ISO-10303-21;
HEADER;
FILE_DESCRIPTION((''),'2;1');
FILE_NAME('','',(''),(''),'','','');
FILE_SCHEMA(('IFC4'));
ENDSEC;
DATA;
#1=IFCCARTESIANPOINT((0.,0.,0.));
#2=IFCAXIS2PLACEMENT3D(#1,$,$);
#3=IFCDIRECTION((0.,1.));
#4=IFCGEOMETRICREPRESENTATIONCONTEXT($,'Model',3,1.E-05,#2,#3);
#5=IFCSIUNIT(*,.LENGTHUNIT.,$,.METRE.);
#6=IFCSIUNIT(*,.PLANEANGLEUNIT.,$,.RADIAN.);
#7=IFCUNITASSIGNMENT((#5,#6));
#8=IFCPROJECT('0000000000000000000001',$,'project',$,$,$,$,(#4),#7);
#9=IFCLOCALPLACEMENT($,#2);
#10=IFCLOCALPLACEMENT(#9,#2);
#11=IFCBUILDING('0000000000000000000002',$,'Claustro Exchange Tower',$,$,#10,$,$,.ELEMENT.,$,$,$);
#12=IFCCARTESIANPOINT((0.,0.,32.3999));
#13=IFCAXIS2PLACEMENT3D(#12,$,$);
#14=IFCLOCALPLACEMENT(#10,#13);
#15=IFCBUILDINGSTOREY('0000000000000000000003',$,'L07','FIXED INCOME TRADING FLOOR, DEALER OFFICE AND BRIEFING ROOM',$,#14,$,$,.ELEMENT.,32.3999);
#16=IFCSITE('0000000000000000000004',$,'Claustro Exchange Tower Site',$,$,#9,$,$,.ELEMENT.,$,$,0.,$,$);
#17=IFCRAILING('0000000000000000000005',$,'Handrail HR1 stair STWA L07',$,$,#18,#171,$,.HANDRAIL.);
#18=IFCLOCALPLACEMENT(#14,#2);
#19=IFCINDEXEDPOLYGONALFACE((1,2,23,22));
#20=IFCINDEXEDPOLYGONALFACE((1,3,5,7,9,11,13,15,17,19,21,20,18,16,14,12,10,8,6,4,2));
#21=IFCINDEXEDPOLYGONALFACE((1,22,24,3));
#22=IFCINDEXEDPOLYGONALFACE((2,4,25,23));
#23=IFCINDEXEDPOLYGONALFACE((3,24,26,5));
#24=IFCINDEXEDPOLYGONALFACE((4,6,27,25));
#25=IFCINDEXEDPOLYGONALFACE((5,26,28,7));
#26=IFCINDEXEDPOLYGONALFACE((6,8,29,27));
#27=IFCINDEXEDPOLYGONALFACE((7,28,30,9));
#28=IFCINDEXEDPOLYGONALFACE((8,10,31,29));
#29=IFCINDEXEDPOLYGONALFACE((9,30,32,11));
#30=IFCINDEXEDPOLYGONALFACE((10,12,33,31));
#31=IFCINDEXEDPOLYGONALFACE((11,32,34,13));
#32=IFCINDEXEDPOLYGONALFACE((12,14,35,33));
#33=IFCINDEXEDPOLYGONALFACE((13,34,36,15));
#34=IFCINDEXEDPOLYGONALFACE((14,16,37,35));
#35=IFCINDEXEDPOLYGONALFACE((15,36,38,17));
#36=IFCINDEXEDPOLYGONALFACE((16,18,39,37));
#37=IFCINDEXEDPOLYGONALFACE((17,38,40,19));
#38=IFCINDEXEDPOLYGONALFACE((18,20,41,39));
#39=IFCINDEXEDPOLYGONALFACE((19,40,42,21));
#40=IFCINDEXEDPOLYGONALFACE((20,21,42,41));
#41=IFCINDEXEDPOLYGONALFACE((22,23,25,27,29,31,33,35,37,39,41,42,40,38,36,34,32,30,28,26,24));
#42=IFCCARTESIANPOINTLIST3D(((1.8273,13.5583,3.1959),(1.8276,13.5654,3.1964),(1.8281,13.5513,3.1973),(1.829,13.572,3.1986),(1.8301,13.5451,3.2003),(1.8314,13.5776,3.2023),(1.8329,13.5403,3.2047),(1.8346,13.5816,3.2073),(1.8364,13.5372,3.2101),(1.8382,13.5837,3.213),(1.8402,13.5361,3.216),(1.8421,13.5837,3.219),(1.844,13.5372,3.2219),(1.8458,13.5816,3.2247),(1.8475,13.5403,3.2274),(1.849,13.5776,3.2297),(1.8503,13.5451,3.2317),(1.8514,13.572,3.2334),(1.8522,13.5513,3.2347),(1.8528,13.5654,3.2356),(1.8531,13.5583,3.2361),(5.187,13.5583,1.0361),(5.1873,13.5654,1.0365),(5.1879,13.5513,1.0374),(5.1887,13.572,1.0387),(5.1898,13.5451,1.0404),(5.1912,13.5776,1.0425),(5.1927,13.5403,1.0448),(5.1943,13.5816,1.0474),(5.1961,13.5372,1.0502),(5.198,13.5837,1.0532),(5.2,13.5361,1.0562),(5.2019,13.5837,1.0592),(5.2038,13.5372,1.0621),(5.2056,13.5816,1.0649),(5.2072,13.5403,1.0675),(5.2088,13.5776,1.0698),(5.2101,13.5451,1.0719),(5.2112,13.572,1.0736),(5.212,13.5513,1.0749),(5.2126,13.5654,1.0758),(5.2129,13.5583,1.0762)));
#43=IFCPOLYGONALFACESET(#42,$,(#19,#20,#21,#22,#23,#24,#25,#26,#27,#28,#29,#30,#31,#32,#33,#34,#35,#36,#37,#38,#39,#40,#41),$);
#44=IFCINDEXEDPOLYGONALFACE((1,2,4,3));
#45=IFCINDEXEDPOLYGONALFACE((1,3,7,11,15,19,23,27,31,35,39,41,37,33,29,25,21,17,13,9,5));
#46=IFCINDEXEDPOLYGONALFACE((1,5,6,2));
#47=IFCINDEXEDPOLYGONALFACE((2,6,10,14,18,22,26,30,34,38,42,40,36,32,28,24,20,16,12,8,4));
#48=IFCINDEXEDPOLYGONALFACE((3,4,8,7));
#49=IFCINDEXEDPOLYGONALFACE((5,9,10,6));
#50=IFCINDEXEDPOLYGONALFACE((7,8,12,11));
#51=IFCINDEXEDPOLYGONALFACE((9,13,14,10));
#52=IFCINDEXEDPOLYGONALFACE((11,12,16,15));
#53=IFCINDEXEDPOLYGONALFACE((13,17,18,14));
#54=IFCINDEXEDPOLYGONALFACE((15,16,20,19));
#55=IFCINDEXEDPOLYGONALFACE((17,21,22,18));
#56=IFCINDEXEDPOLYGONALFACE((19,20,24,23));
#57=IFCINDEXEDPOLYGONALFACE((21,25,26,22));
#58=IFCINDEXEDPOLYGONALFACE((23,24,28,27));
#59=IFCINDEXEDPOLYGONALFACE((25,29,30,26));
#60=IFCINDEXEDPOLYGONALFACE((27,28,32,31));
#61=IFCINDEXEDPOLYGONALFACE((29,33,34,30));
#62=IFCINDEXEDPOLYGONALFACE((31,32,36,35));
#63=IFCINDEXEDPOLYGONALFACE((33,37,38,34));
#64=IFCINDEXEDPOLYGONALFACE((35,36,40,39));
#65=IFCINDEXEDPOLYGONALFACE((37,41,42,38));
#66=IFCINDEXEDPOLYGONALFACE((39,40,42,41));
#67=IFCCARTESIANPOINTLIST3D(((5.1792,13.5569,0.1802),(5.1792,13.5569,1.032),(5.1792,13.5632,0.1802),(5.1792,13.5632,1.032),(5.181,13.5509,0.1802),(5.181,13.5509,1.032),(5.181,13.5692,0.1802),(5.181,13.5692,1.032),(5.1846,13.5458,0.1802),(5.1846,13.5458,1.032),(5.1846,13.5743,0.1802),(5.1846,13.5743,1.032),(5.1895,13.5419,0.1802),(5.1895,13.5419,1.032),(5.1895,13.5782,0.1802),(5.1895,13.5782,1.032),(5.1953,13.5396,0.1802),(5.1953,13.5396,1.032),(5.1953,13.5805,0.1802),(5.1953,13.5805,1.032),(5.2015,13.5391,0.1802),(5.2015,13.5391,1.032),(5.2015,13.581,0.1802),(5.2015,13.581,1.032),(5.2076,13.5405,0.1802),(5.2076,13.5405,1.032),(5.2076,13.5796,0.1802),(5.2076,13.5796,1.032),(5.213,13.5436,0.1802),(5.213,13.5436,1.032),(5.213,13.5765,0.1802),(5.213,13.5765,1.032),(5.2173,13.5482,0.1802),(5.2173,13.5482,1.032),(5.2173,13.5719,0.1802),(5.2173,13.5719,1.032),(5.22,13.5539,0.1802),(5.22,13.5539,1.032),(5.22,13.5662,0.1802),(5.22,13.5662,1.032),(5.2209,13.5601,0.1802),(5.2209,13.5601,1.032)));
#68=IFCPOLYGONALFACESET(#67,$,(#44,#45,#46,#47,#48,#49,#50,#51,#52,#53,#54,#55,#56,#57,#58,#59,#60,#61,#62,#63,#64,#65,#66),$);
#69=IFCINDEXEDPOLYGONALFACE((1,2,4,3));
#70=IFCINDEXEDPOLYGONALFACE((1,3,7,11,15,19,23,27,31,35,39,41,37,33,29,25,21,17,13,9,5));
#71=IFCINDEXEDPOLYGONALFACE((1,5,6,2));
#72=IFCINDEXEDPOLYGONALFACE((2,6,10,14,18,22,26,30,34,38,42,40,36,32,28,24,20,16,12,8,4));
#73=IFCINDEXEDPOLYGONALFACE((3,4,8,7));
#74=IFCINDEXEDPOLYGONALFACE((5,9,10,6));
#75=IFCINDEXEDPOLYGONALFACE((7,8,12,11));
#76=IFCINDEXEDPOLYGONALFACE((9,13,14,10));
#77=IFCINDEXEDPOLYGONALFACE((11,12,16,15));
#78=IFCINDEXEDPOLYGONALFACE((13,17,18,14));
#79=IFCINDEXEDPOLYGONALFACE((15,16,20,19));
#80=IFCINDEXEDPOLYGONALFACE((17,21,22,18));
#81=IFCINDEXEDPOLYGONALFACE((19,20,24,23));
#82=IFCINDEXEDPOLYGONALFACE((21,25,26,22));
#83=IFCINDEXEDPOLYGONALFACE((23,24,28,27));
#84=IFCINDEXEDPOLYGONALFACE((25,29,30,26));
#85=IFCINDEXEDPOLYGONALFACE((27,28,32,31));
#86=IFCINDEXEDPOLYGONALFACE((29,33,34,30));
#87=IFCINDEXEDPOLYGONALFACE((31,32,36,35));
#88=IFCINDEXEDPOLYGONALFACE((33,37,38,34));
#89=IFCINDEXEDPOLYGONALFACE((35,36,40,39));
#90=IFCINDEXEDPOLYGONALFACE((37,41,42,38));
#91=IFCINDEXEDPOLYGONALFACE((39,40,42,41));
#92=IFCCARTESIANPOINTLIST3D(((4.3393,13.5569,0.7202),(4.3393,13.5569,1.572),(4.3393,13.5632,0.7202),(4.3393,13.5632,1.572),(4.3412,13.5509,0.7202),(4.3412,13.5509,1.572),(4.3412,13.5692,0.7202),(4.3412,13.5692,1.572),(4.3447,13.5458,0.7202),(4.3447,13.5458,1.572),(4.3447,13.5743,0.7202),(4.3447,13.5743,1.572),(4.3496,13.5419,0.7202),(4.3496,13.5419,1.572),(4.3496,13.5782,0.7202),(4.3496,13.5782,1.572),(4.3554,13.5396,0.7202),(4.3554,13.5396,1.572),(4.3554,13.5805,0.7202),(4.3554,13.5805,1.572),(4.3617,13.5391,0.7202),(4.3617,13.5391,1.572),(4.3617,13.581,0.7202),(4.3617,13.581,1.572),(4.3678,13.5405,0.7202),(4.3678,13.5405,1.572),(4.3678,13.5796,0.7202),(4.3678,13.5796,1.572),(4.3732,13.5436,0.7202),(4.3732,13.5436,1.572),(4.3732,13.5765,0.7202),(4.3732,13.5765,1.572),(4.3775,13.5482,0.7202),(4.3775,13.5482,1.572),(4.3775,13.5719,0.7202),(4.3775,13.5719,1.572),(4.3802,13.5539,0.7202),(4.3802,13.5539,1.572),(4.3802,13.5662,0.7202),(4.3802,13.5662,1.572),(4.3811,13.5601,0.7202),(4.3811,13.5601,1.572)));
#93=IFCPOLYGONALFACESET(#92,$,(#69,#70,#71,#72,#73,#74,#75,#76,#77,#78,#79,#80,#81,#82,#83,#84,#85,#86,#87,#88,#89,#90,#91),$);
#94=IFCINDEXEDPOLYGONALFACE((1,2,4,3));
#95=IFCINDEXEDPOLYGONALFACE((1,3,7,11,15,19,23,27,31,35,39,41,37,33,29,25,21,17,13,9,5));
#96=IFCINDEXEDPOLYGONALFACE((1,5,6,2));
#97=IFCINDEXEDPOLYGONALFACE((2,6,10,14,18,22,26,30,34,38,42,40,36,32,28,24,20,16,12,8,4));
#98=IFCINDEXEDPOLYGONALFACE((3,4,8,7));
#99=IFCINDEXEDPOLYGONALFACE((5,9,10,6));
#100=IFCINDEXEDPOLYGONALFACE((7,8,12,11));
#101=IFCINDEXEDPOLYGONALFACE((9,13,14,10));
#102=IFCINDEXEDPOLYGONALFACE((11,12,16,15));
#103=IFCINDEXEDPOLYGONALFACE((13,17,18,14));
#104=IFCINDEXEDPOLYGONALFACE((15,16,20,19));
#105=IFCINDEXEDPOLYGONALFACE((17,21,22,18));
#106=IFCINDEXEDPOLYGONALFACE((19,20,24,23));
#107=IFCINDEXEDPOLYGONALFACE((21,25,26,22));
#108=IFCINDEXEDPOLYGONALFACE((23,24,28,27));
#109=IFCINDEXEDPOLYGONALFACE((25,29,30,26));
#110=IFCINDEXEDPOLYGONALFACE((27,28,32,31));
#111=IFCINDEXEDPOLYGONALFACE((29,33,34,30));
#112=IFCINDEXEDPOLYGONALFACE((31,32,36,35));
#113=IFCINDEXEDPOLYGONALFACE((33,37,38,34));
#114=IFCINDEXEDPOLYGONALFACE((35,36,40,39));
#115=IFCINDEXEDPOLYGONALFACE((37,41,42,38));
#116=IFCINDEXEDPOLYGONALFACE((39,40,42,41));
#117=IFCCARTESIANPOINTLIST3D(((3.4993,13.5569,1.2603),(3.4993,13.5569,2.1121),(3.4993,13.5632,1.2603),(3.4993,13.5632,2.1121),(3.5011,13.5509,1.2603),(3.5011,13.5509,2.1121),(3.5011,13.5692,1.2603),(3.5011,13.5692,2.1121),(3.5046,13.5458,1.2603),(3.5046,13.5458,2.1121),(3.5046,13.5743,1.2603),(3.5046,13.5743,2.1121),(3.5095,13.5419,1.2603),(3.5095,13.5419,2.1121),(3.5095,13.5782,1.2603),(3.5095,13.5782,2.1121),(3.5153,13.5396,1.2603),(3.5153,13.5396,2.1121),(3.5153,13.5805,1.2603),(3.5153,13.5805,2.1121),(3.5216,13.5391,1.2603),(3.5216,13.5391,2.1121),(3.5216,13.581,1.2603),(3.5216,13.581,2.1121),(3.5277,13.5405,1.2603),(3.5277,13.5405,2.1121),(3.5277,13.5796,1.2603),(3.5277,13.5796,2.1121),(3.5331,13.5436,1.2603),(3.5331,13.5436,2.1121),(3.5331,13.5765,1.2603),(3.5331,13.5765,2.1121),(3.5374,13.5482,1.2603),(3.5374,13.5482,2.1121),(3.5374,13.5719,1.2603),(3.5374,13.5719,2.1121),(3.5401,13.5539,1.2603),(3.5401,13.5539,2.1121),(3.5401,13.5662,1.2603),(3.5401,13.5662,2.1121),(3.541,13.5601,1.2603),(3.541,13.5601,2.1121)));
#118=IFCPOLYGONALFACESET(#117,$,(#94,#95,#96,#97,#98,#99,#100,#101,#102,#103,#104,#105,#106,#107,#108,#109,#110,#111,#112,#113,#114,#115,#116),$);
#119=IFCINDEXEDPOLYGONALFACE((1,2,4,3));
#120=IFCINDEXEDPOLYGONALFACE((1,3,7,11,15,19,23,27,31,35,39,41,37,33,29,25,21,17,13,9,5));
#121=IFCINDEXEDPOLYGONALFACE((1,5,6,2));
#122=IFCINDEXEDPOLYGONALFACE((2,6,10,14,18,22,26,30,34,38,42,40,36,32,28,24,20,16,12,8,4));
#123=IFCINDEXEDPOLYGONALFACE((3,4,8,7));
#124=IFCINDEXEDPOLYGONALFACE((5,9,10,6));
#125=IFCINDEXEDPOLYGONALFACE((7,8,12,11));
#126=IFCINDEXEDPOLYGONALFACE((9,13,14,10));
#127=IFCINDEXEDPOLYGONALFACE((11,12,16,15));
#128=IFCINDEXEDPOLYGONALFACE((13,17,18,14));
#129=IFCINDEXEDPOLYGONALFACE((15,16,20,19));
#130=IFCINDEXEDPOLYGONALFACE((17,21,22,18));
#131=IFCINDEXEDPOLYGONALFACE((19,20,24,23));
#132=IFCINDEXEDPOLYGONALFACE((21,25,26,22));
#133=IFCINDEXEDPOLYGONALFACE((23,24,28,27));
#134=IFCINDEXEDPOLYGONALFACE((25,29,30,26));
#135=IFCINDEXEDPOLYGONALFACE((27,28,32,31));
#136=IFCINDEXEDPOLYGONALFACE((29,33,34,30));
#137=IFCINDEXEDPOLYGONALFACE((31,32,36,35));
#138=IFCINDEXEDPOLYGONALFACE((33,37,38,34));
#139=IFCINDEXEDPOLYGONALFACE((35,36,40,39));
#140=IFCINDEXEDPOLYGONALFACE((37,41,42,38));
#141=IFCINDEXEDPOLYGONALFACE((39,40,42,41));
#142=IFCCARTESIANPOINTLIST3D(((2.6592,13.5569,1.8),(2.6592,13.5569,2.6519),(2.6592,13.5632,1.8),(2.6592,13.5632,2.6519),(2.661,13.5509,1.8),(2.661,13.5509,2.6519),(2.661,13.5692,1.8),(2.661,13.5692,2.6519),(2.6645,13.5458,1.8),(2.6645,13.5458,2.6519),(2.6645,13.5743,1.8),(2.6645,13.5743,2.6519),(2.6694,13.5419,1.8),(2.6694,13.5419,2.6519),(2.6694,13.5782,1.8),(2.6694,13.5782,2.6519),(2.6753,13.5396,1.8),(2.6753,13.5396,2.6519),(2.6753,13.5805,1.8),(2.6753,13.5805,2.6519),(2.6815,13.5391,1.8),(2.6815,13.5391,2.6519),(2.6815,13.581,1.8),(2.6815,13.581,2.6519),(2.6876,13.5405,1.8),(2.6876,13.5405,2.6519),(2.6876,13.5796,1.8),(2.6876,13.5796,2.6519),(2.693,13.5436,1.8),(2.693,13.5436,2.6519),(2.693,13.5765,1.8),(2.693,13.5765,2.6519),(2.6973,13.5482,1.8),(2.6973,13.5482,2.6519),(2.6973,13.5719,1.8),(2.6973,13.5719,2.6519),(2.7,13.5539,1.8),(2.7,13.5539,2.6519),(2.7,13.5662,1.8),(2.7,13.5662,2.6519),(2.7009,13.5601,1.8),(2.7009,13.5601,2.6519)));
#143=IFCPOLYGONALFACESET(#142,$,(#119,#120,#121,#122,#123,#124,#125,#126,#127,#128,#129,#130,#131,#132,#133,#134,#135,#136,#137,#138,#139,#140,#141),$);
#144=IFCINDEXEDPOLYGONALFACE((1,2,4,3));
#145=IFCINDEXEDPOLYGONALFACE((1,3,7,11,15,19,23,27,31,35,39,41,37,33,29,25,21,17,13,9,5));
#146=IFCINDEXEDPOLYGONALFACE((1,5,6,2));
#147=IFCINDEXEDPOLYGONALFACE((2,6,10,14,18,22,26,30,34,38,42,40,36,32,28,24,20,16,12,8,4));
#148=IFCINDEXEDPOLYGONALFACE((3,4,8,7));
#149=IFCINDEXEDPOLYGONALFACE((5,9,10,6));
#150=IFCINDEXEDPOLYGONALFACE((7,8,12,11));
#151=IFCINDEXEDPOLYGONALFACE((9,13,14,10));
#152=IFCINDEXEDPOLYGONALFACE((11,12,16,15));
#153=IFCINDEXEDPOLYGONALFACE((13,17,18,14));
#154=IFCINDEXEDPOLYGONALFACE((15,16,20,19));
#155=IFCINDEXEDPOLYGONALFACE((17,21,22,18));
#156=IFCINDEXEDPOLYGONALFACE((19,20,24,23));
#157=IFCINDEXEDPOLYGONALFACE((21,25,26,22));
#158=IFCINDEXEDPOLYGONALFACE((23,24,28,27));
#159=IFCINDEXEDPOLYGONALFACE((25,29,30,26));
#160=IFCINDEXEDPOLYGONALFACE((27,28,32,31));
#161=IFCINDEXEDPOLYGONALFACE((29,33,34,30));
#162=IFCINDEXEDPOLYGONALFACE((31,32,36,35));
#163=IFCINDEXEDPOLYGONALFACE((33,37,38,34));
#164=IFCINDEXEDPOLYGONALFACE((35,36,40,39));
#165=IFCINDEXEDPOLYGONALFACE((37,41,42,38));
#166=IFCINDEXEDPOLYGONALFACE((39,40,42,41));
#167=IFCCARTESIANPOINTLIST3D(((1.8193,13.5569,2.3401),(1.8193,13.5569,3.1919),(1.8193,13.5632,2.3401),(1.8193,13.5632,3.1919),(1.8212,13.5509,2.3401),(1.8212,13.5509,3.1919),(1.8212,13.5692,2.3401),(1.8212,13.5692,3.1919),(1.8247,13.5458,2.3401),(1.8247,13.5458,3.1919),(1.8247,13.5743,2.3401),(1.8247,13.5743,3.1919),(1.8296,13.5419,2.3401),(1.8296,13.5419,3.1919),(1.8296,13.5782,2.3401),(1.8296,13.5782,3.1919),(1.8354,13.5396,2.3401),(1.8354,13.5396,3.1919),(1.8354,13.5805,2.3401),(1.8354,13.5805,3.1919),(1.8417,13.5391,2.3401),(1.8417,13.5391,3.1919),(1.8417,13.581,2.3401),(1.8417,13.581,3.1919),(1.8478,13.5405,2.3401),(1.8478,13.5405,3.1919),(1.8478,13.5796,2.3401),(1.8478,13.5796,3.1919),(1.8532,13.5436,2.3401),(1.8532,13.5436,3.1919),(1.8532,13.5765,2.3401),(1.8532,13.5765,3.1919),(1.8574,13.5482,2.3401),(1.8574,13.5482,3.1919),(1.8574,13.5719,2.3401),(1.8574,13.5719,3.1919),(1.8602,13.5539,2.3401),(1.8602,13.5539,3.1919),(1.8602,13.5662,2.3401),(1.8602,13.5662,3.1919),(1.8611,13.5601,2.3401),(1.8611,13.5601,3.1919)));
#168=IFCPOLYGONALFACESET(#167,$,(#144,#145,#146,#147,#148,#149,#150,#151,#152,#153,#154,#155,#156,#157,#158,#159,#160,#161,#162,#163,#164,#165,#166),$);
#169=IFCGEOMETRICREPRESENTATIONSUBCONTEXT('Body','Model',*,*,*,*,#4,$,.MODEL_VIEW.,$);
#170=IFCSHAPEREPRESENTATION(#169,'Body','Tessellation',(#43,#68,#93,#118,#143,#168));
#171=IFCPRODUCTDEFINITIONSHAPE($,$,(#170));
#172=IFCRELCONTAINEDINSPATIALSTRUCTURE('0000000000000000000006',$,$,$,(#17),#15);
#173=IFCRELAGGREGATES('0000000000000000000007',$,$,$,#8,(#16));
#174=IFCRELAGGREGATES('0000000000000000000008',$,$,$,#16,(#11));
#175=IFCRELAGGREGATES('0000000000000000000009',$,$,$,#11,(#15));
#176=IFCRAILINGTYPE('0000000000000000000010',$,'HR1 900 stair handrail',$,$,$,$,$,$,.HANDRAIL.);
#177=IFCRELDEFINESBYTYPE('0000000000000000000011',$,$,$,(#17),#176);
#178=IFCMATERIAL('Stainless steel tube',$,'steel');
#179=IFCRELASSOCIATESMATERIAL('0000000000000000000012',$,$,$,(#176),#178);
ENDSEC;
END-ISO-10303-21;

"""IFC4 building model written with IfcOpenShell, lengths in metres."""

from ifc_helpers import new_model, si_unit, direction, frame, origin, origin_2d, place, context, subcontext, project, spatial, circle, extrude, material, type_object, element, save


model = new_model("IFC4")

# Units and contexts
model_context = context("Model", 3, precision=1e-05, world=origin(), true_north=direction((0.0, 1.0)))
body_context = subcontext(model_context, "Body", "Model", "MODEL_VIEW")
ifc_project = project(units=[si_unit("LENGTHUNIT", "METRE"), si_unit("PLANEANGLEUNIT", "RADIAN")], contexts=[model_context])

# Site, building, storey
site_placement = place(None, origin())
site = spatial("IfcSite", under=ifc_project, at=site_placement, Name="Claustro Exchange Tower Site", CompositionType="ELEMENT", RefElevation=0.0)
building_placement = place(site_placement, origin())
building = spatial("IfcBuilding", under=site, at=building_placement, Name="Claustro Exchange Tower", CompositionType="ELEMENT")
storey_placement = place(building_placement, frame((0.0, 0.0, 32.3999)))
storey = spatial("IfcBuildingStorey", under=building, at=storey_placement, Name="L07", Description="FIXED INCOME TRADING FLOOR, DEALER OFFICE AND BRIEFING ROOM", CompositionType="ELEMENT", Elevation=32.3999)

# Railing
ifc_material_1 = material(Name="Stainless steel tube", Category="steel")
railing_type_1 = type_object("IfcRailingType", Name="HR1 900 stair handrail", PredefinedType="HANDRAIL", material=ifc_material_1)
railing_1_placement = place(storey_placement, frame((5.2, 13.5601, 0.1802)))
element("IfcRailing", 1, at=railing_1_placement, inside=storey, type_object=railing_type_1, Name="Handrail HR1 stair STWA L07", PredefinedType="HANDRAIL", context=body_context, shape_type="SweptSolid", body=[
    extrude(circle(Radius=0.0239, at=origin_2d()), frame((0.0, 0.0, 0.876), z_axis=(-0.841178, 0.0, 0.540758), x_axis=(0.0, -1.0, 0.0)), (0.0, 0.0, 1.0), 3.9941),
    extrude(circle(Radius=0.021, at=origin_2d()), origin(), (0.0, 0.0, 1.0), 0.8518),
    extrude(circle(Radius=0.021, at=origin_2d()), frame((-0.8398, 0.0, 0.54)), (0.0, 0.0, 1.0), 0.8518),
    extrude(circle(Radius=0.021, at=origin_2d()), frame((-1.6799, 0.0, 1.0801)), (0.0, 0.0, 1.0), 0.8518),
    extrude(circle(Radius=0.021, at=origin_2d()), frame((-2.52, 0.0, 1.6199)), (0.0, 0.0, 1.0), 0.8518),
    extrude(circle(Radius=0.021, at=origin_2d()), frame((-3.3599, 0.0, 2.1599)), (0.0, 0.0, 1.0), 0.8518),
])

save(model, "model.ifc")
